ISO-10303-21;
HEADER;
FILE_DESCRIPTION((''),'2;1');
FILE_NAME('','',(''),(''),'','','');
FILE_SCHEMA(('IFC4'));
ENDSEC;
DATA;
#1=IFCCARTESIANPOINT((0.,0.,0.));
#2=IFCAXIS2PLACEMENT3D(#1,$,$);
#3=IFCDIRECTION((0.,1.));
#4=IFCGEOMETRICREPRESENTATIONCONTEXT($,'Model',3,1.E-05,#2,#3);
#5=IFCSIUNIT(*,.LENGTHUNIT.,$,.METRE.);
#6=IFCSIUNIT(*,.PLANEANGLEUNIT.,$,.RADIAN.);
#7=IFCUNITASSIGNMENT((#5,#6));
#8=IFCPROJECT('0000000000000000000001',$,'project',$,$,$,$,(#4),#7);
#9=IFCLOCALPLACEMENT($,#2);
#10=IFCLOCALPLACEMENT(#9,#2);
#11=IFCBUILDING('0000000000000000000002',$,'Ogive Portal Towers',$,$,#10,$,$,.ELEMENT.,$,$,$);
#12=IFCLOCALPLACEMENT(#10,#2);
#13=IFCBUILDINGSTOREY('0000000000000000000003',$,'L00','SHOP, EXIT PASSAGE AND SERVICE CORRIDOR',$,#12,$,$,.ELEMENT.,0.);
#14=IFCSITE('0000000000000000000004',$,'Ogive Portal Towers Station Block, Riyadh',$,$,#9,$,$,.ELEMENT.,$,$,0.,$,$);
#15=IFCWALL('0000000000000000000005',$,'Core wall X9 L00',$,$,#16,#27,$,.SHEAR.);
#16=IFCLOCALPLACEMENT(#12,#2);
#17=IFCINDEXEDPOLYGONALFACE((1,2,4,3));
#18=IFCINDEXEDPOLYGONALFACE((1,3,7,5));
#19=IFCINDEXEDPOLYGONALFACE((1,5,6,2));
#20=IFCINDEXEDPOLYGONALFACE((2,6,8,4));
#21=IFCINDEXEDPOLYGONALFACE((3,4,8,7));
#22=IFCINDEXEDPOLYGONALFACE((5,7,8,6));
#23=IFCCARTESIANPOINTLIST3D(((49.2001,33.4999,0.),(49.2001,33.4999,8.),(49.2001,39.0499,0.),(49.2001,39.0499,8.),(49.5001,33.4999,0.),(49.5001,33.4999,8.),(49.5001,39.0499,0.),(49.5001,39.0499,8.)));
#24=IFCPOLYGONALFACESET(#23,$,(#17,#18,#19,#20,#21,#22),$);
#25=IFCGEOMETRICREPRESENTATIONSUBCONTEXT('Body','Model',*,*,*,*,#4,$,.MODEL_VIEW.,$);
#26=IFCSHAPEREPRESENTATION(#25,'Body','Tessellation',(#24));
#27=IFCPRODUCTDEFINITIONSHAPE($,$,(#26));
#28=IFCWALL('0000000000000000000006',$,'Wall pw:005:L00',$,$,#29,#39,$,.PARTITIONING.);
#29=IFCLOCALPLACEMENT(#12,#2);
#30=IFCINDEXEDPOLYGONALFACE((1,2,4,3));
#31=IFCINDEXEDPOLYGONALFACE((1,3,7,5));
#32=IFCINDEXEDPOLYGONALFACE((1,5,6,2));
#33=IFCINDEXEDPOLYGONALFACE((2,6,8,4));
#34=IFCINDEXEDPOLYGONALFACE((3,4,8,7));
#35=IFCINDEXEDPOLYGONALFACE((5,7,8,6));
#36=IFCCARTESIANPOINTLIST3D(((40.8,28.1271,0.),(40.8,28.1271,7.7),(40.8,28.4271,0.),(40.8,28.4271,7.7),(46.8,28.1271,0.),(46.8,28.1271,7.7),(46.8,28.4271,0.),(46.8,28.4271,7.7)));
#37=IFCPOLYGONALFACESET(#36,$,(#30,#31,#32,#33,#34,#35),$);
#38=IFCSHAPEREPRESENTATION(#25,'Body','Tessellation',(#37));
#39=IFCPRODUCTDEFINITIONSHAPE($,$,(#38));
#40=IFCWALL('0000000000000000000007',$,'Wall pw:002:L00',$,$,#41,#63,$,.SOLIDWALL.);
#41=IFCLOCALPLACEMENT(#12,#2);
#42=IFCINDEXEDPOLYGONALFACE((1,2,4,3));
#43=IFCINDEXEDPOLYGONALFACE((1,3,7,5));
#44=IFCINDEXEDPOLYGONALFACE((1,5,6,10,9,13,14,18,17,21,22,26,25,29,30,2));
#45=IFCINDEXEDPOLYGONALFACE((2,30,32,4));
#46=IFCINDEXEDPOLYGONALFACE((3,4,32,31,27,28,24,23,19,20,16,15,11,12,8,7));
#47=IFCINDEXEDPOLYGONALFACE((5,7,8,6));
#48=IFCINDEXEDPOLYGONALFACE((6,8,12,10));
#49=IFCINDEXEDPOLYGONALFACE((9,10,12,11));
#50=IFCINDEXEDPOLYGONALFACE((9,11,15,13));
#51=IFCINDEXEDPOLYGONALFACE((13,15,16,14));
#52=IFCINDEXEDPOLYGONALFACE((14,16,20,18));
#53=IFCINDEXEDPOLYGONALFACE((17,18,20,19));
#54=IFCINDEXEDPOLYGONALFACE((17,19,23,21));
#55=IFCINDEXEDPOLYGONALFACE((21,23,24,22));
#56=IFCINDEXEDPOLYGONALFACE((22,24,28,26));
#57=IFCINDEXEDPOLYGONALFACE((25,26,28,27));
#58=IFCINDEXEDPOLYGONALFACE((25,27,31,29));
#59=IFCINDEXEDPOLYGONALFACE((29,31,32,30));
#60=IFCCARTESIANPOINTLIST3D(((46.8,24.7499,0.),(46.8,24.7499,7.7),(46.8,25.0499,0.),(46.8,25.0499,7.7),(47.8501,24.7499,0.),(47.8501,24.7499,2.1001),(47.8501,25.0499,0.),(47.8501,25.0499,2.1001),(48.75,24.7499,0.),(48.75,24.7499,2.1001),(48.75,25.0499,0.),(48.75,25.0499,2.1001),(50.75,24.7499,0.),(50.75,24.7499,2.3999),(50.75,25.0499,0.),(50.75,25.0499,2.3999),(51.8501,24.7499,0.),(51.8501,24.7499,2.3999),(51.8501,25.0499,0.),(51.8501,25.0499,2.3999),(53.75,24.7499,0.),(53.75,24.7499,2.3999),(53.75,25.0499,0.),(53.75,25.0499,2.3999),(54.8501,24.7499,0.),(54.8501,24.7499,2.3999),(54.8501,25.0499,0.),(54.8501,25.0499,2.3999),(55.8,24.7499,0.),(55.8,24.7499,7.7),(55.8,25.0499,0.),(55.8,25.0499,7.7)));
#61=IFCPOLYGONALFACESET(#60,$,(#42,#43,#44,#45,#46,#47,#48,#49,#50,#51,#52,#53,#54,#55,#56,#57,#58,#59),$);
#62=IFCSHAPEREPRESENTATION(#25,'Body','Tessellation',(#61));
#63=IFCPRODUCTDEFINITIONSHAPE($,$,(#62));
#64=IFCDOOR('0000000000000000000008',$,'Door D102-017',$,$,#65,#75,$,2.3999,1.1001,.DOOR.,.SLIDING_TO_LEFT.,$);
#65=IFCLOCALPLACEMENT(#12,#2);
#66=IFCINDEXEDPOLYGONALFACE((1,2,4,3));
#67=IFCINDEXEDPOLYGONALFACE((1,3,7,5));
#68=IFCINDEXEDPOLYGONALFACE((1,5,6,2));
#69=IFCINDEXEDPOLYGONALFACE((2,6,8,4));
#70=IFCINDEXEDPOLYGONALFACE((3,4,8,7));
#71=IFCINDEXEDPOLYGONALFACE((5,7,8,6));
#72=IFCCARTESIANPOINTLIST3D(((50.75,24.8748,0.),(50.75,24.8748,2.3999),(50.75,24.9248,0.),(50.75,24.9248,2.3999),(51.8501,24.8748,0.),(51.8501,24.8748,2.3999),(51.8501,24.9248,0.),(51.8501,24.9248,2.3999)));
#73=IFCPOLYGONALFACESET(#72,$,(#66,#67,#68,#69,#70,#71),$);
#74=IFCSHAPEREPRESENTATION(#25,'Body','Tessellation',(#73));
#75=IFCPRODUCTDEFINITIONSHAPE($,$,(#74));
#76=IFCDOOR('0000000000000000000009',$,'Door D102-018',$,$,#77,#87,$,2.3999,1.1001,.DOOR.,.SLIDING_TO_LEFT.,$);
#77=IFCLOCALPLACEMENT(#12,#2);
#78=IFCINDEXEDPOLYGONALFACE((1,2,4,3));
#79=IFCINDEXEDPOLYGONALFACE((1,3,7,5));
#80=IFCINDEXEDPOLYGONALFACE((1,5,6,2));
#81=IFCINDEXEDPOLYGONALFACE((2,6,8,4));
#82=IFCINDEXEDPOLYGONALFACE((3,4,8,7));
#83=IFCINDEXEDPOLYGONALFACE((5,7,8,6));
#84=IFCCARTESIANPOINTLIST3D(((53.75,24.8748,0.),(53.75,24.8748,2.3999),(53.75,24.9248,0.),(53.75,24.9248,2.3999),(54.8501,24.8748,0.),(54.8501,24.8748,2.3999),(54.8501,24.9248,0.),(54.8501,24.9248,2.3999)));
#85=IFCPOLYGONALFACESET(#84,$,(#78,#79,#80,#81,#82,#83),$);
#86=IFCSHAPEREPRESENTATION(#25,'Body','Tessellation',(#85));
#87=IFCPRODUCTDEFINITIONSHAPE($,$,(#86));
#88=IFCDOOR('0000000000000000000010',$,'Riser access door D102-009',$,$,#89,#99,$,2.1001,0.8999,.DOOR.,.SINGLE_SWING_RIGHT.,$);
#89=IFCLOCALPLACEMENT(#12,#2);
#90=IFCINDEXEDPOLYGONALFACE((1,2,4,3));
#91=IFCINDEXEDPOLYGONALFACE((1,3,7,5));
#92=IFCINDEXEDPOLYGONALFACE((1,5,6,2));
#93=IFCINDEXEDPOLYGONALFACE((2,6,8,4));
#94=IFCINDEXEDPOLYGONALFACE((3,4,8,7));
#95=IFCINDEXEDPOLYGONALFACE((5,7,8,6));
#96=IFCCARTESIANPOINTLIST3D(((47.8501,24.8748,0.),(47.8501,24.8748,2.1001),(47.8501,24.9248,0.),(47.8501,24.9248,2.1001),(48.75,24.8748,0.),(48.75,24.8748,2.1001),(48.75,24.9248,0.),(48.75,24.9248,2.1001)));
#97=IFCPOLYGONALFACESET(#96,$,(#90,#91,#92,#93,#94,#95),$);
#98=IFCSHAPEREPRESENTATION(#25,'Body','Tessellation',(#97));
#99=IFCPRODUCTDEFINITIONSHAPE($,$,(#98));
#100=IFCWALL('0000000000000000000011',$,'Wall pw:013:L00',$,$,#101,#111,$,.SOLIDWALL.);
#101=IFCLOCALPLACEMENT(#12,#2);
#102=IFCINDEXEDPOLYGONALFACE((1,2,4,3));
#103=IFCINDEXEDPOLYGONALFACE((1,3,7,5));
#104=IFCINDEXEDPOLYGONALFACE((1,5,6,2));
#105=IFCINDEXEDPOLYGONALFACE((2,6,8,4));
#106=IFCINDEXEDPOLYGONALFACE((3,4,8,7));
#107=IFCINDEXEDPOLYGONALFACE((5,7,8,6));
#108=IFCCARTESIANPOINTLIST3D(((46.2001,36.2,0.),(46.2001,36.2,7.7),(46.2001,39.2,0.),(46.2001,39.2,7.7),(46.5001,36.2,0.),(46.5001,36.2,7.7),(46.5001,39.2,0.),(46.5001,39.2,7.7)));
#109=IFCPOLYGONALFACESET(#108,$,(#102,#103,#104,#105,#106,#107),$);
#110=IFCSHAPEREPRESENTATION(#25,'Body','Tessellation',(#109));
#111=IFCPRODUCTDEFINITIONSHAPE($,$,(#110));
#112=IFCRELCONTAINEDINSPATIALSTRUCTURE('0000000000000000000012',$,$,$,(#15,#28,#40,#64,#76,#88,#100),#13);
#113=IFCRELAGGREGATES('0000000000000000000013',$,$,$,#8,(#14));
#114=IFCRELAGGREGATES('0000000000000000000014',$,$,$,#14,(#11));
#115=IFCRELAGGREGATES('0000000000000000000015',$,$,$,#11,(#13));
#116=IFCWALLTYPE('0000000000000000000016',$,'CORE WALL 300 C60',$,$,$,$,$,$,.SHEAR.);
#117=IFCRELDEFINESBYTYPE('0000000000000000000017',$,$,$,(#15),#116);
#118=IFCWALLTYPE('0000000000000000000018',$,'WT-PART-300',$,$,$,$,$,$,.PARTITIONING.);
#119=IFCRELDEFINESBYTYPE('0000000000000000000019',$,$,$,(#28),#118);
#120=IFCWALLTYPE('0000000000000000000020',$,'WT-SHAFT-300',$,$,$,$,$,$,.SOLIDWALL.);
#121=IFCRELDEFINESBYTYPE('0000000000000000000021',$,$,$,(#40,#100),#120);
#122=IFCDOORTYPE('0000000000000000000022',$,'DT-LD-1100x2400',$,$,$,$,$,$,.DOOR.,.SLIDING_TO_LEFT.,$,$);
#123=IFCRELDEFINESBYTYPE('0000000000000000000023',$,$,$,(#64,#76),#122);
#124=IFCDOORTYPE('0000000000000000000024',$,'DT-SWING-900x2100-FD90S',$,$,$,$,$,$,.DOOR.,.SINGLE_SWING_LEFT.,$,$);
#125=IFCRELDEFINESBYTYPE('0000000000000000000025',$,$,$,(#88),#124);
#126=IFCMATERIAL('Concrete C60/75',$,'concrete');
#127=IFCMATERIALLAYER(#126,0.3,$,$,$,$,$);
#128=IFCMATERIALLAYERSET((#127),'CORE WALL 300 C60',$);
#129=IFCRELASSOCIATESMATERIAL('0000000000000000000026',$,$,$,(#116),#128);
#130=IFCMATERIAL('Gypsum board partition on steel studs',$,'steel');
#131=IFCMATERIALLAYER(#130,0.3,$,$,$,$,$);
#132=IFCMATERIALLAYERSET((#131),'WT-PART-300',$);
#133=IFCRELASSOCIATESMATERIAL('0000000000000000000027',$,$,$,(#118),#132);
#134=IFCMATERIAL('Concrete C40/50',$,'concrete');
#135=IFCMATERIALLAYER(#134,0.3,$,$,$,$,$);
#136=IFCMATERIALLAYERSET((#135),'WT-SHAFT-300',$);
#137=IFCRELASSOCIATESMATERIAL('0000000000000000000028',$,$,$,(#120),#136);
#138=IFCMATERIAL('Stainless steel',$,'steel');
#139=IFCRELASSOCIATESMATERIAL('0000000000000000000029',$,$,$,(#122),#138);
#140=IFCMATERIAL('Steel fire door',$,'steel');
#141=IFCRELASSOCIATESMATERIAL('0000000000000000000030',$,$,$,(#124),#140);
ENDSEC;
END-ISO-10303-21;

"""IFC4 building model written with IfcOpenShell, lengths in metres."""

from ifc_helpers import new_model, si_unit, direction, frame, frame_2d, origin, place, context, subcontext, project, spatial, rectangle, extrude, material, layer, layer_set, type_object, element, fill, save


model = new_model("IFC4")

# Units and contexts
model_context = context("Model", 3, precision=1e-05, world=origin(), true_north=direction((0.0, 1.0)))
body_context = subcontext(model_context, "Body", "Model", "MODEL_VIEW")
ifc_project = project(units=[si_unit("LENGTHUNIT", "METRE"), si_unit("PLANEANGLEUNIT", "RADIAN")], contexts=[model_context])

# Site, building, storey
site_placement = place(None, origin())
site = spatial("IfcSite", under=ifc_project, at=site_placement, Name="Ogive Portal Towers Station Block, Riyadh", CompositionType="ELEMENT", RefElevation=0.0)
building_placement = place(site_placement, origin())
building = spatial("IfcBuilding", under=site, at=building_placement, Name="Ogive Portal Towers", CompositionType="ELEMENT")
storey_placement = place(building_placement, origin())
storey = spatial("IfcBuildingStorey", under=building, at=storey_placement, Name="L00", Description="SHOP, EXIT PASSAGE AND SERVICE CORRIDOR", CompositionType="ELEMENT", Elevation=0.0)

# Shared definitions
ifc_material_1 = material(Name="Concrete C60/75", Category="concrete")
ifc_layer_1 = layer(ifc_material_1, 0.3)
ifc_layer_set_1 = layer_set([ifc_layer_1], Name="CORE WALL 300 C60")
wall_type_1 = type_object("IfcWallType", Name="CORE WALL 300 C60", PredefinedType="SHEAR", material=ifc_layer_set_1)
ifc_material_2 = material(Name="Steel fire door", Category="steel")

# Shared definitions
ifc_material_3 = material(Name="Stainless steel", Category="steel")

# Walls
for number, where, z_axis, x_axis, name in (
    (1, (49.3501, 33.5, 0.0), (0.0, 0.0, 1.0), (0.0, 1.0, 0.0), "Core wall X9 L00"),
):
    element("IfcWall", number, at=place(storey_placement, frame(where, z_axis=z_axis, x_axis=x_axis)), inside=storey, type_object=wall_type_1, Name=name, PredefinedType="SHEAR", context=body_context, shape_type="SweptSolid", body=[
        extrude(rectangle(XDim=5.55, YDim=0.3, at=frame_2d((2.7749, 0.0))), origin(), (0.0, 0.0, 1.0), 8.0),
    ])
ifc_material_4 = material(Name="Gypsum board partition on steel studs", Category="steel")
ifc_layer_2 = layer(ifc_material_4, 0.3)
ifc_layer_set_2 = layer_set([ifc_layer_2], Name="WT-PART-300")
wall_type_2 = type_object("IfcWallType", Name="WT-PART-300", PredefinedType="PARTITIONING", material=ifc_layer_set_2)
wall_1_placement = place(storey_placement, frame((40.8, 28.2771, 0.0), z_axis=(0.0, 0.0, 1.0), x_axis=(1.0, 0.0, 0.0)))
element("IfcWall", 2, at=wall_1_placement, inside=storey, type_object=wall_type_2, Name="Wall pw:005:L00", PredefinedType="PARTITIONING", context=body_context, shape_type="SweptSolid", body=[
    extrude(rectangle(XDim=6.0, YDim=0.3, at=frame_2d((3.0, 0.0))), origin(), (0.0, 0.0, 1.0), 7.7),
])

# Wall, openings, doors
ifc_material_5 = material(Name="Concrete C40/50", Category="concrete")
ifc_layer_3 = layer(ifc_material_5, 0.3)
ifc_layer_set_3 = layer_set([ifc_layer_3], Name="WT-SHAFT-300")
wall_type_3 = type_object("IfcWallType", Name="WT-SHAFT-300", PredefinedType="SOLIDWALL", material=ifc_layer_set_3)
wall_2_placement = place(storey_placement, frame((46.8, 24.8999, 0.0), z_axis=(0.0, 0.0, 1.0), x_axis=(1.0, 0.0, 0.0)))
wall_2 = element("IfcWall", 3, at=wall_2_placement, inside=storey, type_object=wall_type_3, Name="Wall pw:002:L00", PredefinedType="SOLIDWALL", context=body_context, shape_type="SweptSolid", body=[
    extrude(rectangle(XDim=9.0, YDim=0.3, at=frame_2d((4.5, 0.0))), origin(), (0.0, 0.0, 1.0), 7.7),
])
opening_1_placement = place(wall_2_placement, frame((1.05, 0.0, 0.0)))
opening_1 = element("IfcOpeningElement", 4, at=opening_1_placement, cuts=wall_2, PredefinedType="OPENING", context=body_context, shape_type="SweptSolid", body=[
    extrude(rectangle(XDim=0.8999, YDim=2.1001, at=frame_2d((0.45, 1.05))), frame((0.0, 0.1602, 0.0), z_axis=(0.0, -1.0, 0.0), x_axis=(1.0, 0.0, 0.0)), (0.0, 0.0, 1.0), 0.3201),
])
opening_2_placement = place(wall_2_placement, frame((3.95, 0.0, 0.0)))
opening_2 = element("IfcOpeningElement", 5, at=opening_2_placement, cuts=wall_2, PredefinedType="OPENING", context=body_context, shape_type="SweptSolid", body=[
    extrude(rectangle(XDim=1.1001, YDim=2.3999, at=frame_2d((0.55, 1.2))), frame((0.0, 0.1602, 0.0), z_axis=(0.0, -1.0, 0.0), x_axis=(1.0, 0.0, 0.0)), (0.0, 0.0, 1.0), 0.3201),
])
opening_3_placement = place(wall_2_placement, frame((6.95, 0.0, 0.0)))
opening_3 = element("IfcOpeningElement", 6, at=opening_3_placement, cuts=wall_2, PredefinedType="OPENING", context=body_context, shape_type="SweptSolid", body=[
    extrude(rectangle(XDim=1.1001, YDim=2.3999, at=frame_2d((0.55, 1.2))), frame((0.0, 0.1602, 0.0), z_axis=(0.0, -1.0, 0.0), x_axis=(1.0, 0.0, 0.0)), (0.0, 0.0, 1.0), 0.3201),
])
door_type_1 = type_object("IfcDoorType", Name="DT-LD-1100x2400", OperationType="SLIDING_TO_LEFT", PredefinedType="DOOR", material=ifc_material_3)
door_1_placement = place(opening_2_placement, origin())
door_1 = element("IfcDoor", 7, at=door_1_placement, inside=storey, type_object=door_type_1, Name="Door D102-017", OperationType="SLIDING_TO_LEFT", OverallHeight=2.3999, OverallWidth=1.1001, PredefinedType="DOOR", context=body_context, shape_type="SweptSolid", body=[
    extrude(rectangle(XDim=1.1001, YDim=2.3999, at=frame_2d((0.55, 1.2))), frame((0.0, 0.0249, 0.0), z_axis=(0.0, -1.0, 0.0), x_axis=(1.0, 0.0, 0.0)), (0.0, 0.0, 1.0), 0.05),
])
fill(opening_2, door_1)
door_2_placement = place(opening_3_placement, origin())
door_2 = element("IfcDoor", 8, at=door_2_placement, inside=storey, type_object=door_type_1, Name="Door D102-018", OperationType="SLIDING_TO_LEFT", OverallHeight=2.3999, OverallWidth=1.1001, PredefinedType="DOOR", context=body_context, shape_type="SweptSolid", body=[
    extrude(rectangle(XDim=1.1001, YDim=2.3999, at=frame_2d((0.55, 1.2))), frame((0.0, 0.0249, 0.0), z_axis=(0.0, -1.0, 0.0), x_axis=(1.0, 0.0, 0.0)), (0.0, 0.0, 1.0), 0.05),
])
fill(opening_3, door_2)
door_type_2 = type_object("IfcDoorType", Name="DT-SWING-900x2100-FD90S", OperationType="SINGLE_SWING_LEFT", PredefinedType="DOOR", material=ifc_material_2)
door_3_placement = place(opening_1_placement, origin())
door_3 = element("IfcDoor", 9, at=door_3_placement, inside=storey, type_object=door_type_2, Name="Riser access door D102-009", OperationType="SINGLE_SWING_RIGHT", OverallHeight=2.1001, OverallWidth=0.8999, PredefinedType="DOOR", context=body_context, shape_type="SweptSolid", body=[
    extrude(rectangle(XDim=0.8999, YDim=2.1001, at=frame_2d((0.45, 1.05))), frame((0.0, 0.0249, 0.0), z_axis=(0.0, -1.0, 0.0), x_axis=(1.0, 0.0, 0.0)), (0.0, 0.0, 1.0), 0.05),
])
fill(opening_1, door_3)

# Wall
wall_3_placement = place(storey_placement, frame((46.3501, 36.2, 0.0), z_axis=(0.0, 0.0, 1.0), x_axis=(0.0, 1.0, 0.0)))
element("IfcWall", 10, at=wall_3_placement, inside=storey, type_object=wall_type_3, Name="Wall pw:013:L00", PredefinedType="SOLIDWALL", context=body_context, shape_type="SweptSolid", body=[
    extrude(rectangle(XDim=3.0, YDim=0.3, at=frame_2d((1.5, 0.0))), origin(), (0.0, 0.0, 1.0), 7.7),
])

save(model, "model.ifc")
